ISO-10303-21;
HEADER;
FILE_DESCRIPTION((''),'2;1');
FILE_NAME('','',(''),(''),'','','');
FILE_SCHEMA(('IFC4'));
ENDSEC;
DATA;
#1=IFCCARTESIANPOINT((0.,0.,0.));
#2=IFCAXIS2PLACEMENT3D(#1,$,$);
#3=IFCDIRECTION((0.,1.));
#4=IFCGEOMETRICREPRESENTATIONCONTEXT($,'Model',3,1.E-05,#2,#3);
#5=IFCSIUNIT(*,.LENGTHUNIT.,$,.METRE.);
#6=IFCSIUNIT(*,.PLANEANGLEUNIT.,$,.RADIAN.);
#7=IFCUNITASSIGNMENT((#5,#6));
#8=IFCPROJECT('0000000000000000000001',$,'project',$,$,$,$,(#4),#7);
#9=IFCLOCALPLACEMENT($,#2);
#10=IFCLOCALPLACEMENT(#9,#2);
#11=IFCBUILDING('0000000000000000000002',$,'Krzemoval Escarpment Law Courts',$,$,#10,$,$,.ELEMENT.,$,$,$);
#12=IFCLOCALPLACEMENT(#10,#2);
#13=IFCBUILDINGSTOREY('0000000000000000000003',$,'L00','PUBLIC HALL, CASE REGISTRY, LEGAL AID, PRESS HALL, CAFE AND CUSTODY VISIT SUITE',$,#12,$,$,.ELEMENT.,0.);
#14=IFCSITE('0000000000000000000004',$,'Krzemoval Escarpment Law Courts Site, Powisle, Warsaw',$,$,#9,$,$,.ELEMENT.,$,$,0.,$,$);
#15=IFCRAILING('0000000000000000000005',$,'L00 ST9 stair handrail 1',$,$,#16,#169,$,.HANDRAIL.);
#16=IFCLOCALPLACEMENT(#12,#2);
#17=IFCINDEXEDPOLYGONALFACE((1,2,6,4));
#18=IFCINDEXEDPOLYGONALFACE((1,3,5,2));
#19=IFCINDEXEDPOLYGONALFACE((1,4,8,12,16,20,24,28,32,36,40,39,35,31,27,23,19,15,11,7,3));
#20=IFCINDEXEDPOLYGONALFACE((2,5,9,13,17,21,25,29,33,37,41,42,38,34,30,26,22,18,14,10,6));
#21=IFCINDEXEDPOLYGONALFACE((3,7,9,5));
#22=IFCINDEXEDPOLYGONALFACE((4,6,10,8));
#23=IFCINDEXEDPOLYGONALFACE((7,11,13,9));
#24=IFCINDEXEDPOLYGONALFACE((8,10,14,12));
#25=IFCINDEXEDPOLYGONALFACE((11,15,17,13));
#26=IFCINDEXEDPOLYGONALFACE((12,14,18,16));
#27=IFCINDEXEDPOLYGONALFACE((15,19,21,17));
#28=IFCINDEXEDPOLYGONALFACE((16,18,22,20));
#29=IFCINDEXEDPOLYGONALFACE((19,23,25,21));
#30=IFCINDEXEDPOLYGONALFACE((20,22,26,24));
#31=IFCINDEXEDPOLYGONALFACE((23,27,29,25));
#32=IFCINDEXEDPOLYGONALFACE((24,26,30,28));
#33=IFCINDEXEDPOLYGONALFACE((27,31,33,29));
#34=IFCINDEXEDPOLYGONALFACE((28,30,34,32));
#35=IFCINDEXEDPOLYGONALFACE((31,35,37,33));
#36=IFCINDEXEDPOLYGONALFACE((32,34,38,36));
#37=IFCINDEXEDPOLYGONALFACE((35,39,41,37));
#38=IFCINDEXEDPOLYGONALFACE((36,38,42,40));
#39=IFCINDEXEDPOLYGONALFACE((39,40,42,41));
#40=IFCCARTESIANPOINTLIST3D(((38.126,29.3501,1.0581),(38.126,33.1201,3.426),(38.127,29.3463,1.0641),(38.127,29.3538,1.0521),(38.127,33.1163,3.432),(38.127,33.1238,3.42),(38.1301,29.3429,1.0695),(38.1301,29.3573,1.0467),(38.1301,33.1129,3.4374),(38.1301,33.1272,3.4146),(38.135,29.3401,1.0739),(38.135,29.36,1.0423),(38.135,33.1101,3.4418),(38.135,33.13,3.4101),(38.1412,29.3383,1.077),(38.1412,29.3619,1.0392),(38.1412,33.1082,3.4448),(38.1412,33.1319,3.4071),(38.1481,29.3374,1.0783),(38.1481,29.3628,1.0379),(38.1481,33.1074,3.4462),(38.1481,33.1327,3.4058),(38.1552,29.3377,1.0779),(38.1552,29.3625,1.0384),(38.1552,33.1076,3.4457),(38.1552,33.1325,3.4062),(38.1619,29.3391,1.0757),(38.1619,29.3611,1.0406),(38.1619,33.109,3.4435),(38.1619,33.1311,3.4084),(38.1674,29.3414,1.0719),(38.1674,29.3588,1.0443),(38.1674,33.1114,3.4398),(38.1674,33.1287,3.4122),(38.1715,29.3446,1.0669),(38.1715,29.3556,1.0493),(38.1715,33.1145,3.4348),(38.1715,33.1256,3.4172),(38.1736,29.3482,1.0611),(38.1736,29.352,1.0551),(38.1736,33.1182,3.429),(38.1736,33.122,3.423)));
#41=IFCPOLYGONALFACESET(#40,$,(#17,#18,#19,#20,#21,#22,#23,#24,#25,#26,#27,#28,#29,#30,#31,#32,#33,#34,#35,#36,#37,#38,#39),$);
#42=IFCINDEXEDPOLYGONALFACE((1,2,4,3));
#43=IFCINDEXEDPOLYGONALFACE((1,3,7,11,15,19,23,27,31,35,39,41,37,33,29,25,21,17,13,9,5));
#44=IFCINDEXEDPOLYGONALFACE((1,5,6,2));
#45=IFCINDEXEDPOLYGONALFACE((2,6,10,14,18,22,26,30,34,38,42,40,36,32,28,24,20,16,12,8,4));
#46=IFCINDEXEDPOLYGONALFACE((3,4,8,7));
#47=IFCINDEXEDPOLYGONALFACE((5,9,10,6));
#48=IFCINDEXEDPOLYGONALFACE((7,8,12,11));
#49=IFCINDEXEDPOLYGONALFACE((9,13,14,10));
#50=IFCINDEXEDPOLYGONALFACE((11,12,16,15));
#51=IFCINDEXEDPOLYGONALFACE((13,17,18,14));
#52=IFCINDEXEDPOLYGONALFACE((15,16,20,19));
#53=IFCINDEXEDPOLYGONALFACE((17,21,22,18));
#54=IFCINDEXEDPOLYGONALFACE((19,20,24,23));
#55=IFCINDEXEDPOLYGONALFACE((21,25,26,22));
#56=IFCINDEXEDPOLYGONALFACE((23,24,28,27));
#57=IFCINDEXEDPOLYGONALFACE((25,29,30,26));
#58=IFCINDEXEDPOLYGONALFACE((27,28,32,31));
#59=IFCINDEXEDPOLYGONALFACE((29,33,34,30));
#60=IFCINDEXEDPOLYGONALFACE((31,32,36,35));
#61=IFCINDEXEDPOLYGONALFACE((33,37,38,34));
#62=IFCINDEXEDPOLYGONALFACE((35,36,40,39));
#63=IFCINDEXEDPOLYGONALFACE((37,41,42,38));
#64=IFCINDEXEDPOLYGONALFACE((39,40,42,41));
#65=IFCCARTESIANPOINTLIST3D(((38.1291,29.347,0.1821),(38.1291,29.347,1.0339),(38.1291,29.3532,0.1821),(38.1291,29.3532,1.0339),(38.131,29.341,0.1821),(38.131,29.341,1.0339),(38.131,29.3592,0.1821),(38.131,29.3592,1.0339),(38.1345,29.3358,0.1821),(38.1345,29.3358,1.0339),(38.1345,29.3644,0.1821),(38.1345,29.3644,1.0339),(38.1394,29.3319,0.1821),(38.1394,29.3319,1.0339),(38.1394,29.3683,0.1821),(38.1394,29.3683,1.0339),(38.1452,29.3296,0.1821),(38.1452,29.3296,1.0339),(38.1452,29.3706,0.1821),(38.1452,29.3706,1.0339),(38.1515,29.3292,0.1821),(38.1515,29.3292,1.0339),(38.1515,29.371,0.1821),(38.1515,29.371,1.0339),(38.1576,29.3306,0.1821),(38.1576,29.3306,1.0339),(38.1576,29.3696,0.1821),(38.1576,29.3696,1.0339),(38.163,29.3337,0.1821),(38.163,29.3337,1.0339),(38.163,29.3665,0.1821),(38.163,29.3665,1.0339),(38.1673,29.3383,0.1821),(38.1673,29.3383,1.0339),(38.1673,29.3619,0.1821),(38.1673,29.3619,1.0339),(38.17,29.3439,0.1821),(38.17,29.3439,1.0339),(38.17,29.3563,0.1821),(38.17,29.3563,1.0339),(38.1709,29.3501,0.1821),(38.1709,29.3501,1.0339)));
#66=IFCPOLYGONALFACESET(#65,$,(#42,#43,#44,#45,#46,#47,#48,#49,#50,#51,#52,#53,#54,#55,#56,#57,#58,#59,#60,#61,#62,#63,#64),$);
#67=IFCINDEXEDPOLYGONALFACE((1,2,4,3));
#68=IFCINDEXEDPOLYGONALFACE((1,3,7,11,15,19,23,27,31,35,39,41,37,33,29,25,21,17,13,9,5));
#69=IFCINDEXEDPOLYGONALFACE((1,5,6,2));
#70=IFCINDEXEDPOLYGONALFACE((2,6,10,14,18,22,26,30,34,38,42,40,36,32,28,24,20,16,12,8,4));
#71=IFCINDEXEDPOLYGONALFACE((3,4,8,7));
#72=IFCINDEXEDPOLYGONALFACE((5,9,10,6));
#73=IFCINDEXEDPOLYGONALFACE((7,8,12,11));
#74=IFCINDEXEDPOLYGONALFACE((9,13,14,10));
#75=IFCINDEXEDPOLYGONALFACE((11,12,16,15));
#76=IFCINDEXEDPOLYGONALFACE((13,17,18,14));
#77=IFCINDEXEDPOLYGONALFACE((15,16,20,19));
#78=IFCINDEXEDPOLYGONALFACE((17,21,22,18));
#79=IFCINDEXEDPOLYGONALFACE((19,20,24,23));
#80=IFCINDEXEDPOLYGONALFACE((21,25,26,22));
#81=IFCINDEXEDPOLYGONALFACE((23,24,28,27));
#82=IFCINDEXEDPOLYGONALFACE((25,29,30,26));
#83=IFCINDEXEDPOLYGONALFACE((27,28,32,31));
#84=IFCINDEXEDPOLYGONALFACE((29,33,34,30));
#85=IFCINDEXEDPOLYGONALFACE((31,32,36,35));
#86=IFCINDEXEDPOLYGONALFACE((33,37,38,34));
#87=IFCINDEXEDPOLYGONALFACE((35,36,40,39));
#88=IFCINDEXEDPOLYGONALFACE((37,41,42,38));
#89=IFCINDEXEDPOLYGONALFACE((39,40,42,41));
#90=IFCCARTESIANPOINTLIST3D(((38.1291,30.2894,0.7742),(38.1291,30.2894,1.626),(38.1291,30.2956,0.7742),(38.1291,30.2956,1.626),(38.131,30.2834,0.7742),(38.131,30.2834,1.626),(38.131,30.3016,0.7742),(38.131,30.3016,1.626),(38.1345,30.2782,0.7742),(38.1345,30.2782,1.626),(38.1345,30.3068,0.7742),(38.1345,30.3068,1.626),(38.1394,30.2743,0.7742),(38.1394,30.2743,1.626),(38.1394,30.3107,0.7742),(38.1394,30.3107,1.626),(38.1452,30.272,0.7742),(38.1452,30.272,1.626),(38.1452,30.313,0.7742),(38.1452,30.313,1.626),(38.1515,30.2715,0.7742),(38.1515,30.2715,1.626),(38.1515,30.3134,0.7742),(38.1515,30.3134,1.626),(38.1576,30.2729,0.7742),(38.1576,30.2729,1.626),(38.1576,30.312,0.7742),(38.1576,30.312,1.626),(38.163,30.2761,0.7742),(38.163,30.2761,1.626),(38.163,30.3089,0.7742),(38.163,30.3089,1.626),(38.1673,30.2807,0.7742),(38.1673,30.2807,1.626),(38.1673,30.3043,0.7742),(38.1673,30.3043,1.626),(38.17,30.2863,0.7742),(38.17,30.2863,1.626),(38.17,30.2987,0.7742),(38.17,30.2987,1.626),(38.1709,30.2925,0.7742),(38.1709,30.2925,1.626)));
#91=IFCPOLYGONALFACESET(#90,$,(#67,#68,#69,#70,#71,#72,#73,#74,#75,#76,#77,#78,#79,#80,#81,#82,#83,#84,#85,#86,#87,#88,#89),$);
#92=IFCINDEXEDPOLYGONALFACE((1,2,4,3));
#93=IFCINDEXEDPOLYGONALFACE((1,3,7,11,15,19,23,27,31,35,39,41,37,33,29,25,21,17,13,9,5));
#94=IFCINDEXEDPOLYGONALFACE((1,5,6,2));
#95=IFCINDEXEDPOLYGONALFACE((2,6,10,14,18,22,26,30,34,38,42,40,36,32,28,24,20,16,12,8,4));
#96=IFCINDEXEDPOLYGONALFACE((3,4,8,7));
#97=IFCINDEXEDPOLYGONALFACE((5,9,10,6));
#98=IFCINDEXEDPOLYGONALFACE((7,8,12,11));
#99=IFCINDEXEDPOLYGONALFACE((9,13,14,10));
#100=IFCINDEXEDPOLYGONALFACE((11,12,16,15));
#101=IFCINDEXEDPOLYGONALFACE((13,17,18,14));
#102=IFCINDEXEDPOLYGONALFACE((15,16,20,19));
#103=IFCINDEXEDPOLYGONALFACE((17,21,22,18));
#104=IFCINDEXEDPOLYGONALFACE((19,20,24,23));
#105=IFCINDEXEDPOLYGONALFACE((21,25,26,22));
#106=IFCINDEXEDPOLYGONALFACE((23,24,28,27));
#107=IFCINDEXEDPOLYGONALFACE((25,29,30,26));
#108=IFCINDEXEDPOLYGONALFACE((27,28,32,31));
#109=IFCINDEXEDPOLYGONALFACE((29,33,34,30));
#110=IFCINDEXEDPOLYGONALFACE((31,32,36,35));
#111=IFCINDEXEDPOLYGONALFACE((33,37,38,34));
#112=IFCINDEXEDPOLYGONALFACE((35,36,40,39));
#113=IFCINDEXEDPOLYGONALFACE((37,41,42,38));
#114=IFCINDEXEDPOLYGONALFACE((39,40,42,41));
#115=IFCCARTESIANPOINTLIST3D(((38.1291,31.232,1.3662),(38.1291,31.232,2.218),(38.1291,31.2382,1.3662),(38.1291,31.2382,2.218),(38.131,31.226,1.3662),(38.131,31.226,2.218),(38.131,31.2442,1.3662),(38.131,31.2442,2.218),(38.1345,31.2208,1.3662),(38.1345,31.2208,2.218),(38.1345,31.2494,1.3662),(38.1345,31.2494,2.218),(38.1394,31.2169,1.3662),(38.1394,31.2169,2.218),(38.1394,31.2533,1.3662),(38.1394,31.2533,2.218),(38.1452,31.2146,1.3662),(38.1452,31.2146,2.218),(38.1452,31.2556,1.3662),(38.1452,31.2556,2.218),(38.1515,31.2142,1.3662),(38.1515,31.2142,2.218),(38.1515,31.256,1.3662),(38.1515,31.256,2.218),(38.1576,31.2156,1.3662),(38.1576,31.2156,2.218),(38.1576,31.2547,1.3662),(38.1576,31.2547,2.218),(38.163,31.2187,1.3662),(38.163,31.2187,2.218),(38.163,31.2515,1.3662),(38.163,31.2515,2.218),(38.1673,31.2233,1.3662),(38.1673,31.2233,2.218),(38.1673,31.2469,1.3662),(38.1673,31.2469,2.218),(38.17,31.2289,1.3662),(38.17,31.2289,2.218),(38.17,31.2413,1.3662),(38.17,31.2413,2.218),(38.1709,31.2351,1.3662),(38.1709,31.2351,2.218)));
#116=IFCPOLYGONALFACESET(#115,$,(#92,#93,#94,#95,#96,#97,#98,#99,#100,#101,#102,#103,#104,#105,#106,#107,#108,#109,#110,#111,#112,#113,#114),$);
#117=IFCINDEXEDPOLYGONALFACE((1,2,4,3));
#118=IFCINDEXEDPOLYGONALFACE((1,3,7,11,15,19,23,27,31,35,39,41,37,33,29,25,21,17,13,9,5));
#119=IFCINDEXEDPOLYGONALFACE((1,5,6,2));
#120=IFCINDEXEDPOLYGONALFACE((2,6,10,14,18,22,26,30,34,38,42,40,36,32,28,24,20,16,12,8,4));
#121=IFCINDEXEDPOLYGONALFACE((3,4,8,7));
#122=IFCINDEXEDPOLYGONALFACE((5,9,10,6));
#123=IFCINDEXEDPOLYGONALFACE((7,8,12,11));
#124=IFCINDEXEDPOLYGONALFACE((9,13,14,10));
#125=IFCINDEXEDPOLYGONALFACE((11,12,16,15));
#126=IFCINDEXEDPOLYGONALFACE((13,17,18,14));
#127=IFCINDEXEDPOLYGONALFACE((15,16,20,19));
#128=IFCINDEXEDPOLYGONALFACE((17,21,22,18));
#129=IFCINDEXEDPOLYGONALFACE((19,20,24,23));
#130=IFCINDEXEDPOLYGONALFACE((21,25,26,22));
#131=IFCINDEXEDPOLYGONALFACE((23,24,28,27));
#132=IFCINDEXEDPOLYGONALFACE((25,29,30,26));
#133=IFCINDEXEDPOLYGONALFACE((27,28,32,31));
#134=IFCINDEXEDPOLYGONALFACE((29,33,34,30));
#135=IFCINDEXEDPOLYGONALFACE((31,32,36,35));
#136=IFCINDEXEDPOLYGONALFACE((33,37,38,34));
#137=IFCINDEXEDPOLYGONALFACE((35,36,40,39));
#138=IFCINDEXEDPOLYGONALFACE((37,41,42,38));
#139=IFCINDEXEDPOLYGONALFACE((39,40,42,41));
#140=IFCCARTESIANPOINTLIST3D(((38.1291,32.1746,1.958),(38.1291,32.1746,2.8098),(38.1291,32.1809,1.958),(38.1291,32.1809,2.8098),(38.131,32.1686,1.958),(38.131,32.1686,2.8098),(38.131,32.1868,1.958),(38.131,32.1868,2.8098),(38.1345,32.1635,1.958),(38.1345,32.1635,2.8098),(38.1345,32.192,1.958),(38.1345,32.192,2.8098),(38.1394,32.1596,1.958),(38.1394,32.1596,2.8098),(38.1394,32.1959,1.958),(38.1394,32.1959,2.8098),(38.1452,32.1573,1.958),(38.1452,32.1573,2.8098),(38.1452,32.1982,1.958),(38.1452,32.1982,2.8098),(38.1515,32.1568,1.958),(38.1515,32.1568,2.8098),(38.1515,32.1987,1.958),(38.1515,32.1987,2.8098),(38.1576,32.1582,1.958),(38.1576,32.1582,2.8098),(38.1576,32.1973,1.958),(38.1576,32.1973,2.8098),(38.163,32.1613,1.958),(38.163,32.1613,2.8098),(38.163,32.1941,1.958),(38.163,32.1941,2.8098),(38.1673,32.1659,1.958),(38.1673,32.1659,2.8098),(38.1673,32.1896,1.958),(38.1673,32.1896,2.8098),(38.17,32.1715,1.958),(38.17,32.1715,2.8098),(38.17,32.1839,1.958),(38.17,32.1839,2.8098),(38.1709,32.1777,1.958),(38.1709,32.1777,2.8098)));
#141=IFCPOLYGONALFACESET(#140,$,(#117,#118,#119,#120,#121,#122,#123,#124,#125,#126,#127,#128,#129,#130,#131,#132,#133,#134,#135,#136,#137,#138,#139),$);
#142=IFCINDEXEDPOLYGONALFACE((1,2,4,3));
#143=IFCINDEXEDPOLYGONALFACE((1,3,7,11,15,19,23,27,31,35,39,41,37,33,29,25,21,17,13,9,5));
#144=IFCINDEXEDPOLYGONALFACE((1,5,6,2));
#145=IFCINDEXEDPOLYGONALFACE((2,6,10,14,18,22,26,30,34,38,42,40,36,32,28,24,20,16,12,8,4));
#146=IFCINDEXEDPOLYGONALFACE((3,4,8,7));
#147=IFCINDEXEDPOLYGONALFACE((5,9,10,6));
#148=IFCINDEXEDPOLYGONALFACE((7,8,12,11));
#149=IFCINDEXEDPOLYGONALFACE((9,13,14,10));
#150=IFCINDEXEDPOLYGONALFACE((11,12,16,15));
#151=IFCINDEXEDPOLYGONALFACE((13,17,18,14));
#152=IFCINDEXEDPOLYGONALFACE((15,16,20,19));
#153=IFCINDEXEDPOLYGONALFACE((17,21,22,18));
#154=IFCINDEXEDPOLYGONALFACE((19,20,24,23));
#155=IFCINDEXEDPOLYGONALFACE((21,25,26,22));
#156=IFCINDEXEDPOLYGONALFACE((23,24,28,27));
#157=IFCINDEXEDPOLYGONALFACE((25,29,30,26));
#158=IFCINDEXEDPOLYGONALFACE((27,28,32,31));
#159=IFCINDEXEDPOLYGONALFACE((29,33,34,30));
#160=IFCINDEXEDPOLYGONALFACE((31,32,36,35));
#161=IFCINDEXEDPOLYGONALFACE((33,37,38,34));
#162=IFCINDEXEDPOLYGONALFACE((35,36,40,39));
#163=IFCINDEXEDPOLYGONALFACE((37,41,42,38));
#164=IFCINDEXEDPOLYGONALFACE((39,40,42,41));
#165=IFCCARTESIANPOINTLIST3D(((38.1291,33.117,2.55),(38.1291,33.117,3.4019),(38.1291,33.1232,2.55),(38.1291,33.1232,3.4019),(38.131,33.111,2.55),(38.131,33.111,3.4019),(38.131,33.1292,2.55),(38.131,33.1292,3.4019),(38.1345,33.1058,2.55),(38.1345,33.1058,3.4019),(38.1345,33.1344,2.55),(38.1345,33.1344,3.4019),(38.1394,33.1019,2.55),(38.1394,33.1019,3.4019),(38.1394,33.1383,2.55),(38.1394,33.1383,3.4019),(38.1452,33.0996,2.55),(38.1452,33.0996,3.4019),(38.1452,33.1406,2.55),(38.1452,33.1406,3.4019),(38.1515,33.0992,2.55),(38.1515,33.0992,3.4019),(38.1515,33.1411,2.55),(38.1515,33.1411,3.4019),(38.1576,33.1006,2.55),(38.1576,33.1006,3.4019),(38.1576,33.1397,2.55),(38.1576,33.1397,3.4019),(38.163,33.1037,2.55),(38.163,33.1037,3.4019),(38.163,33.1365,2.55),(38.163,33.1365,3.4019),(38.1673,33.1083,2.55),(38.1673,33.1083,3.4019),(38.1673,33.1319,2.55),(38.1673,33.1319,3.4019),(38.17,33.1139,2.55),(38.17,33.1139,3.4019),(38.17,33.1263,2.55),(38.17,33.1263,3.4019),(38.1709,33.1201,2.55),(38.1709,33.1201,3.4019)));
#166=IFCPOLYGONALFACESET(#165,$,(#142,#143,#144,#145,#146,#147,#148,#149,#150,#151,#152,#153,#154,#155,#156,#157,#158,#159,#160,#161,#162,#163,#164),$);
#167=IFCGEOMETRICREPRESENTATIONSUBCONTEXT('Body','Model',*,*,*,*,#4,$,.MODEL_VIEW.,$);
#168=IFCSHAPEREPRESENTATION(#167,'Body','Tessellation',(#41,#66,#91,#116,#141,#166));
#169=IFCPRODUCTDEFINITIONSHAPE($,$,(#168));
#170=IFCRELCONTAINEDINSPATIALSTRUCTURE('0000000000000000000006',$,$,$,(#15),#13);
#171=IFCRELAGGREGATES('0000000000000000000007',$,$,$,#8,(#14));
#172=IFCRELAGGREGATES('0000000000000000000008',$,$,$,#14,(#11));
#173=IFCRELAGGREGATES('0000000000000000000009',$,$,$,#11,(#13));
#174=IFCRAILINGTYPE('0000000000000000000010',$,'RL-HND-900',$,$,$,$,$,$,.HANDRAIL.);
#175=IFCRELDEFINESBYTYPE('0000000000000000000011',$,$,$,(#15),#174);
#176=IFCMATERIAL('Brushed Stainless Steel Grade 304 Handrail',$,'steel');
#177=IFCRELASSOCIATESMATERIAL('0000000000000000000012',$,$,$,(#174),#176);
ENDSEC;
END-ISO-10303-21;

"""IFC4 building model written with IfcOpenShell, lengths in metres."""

from ifc_helpers import new_model, si_unit, direction, frame, origin, origin_2d, place, context, subcontext, project, spatial, circle, extrude, material, type_object, element, save


model = new_model("IFC4")

# Units and contexts
model_context = context("Model", 3, precision=1e-05, world=origin(), true_north=direction((0.0, 1.0)))
body_context = subcontext(model_context, "Body", "Model", "MODEL_VIEW")
ifc_project = project(units=[si_unit("LENGTHUNIT", "METRE"), si_unit("PLANEANGLEUNIT", "RADIAN")], contexts=[model_context])

# Site, building, storey
site_placement = place(None, origin())
site = spatial("IfcSite", under=ifc_project, at=site_placement, Name="Krzemoval Escarpment Law Courts Site, Powisle, Warsaw", CompositionType="ELEMENT", RefElevation=0.0)
building_placement = place(site_placement, origin())
building = spatial("IfcBuilding", under=site, at=building_placement, Name="Krzemoval Escarpment Law Courts", CompositionType="ELEMENT")
storey_placement = place(building_placement, origin())
storey = spatial("IfcBuildingStorey", under=building, at=storey_placement, Name="L00", Description="PUBLIC HALL, CASE REGISTRY, LEGAL AID, PRESS HALL, CAFE AND CUSTODY VISIT SUITE", CompositionType="ELEMENT", Elevation=0.0)

# Railing
ifc_material_1 = material(Name="Brushed Stainless Steel Grade 304 Handrail", Category="steel")
railing_type_1 = type_object("IfcRailingType", Name="RL-HND-900", PredefinedType="HANDRAIL", material=ifc_material_1)
railing_1_placement = place(storey_placement, frame((38.1499, 29.3501, 0.1821)))
element("IfcRailing", 1, at=railing_1_placement, inside=storey, type_object=railing_type_1, Name="L00 ST9 stair handrail 1", PredefinedType="HANDRAIL", context=body_context, shape_type="SweptSolid", body=[
    extrude(circle(Radius=0.0239, at=origin_2d()), frame((0.0, 0.0, 0.876), z_axis=(0.0, 0.846819, 0.531881), x_axis=(-1.0, 0.0, 0.0)), (0.0, 0.0, 1.0), 4.4519),
    extrude(circle(Radius=0.021, at=origin_2d()), origin(), (0.0, 0.0, 1.0), 0.8518),
    extrude(circle(Radius=0.021, at=origin_2d()), frame((0.0, 0.9424, 0.592)), (0.0, 0.0, 1.0), 0.8518),
    extrude(circle(Radius=0.021, at=origin_2d()), frame((0.0, 1.885, 1.1841)), (0.0, 0.0, 1.0), 0.8518),
    extrude(circle(Radius=0.021, at=origin_2d()), frame((0.0, 2.8276, 1.7759)), (0.0, 0.0, 1.0), 0.8518),
    extrude(circle(Radius=0.021, at=origin_2d()), frame((0.0, 3.77, 2.3679)), (0.0, 0.0, 1.0), 0.8518),
])

save(model, "model.ifc")
